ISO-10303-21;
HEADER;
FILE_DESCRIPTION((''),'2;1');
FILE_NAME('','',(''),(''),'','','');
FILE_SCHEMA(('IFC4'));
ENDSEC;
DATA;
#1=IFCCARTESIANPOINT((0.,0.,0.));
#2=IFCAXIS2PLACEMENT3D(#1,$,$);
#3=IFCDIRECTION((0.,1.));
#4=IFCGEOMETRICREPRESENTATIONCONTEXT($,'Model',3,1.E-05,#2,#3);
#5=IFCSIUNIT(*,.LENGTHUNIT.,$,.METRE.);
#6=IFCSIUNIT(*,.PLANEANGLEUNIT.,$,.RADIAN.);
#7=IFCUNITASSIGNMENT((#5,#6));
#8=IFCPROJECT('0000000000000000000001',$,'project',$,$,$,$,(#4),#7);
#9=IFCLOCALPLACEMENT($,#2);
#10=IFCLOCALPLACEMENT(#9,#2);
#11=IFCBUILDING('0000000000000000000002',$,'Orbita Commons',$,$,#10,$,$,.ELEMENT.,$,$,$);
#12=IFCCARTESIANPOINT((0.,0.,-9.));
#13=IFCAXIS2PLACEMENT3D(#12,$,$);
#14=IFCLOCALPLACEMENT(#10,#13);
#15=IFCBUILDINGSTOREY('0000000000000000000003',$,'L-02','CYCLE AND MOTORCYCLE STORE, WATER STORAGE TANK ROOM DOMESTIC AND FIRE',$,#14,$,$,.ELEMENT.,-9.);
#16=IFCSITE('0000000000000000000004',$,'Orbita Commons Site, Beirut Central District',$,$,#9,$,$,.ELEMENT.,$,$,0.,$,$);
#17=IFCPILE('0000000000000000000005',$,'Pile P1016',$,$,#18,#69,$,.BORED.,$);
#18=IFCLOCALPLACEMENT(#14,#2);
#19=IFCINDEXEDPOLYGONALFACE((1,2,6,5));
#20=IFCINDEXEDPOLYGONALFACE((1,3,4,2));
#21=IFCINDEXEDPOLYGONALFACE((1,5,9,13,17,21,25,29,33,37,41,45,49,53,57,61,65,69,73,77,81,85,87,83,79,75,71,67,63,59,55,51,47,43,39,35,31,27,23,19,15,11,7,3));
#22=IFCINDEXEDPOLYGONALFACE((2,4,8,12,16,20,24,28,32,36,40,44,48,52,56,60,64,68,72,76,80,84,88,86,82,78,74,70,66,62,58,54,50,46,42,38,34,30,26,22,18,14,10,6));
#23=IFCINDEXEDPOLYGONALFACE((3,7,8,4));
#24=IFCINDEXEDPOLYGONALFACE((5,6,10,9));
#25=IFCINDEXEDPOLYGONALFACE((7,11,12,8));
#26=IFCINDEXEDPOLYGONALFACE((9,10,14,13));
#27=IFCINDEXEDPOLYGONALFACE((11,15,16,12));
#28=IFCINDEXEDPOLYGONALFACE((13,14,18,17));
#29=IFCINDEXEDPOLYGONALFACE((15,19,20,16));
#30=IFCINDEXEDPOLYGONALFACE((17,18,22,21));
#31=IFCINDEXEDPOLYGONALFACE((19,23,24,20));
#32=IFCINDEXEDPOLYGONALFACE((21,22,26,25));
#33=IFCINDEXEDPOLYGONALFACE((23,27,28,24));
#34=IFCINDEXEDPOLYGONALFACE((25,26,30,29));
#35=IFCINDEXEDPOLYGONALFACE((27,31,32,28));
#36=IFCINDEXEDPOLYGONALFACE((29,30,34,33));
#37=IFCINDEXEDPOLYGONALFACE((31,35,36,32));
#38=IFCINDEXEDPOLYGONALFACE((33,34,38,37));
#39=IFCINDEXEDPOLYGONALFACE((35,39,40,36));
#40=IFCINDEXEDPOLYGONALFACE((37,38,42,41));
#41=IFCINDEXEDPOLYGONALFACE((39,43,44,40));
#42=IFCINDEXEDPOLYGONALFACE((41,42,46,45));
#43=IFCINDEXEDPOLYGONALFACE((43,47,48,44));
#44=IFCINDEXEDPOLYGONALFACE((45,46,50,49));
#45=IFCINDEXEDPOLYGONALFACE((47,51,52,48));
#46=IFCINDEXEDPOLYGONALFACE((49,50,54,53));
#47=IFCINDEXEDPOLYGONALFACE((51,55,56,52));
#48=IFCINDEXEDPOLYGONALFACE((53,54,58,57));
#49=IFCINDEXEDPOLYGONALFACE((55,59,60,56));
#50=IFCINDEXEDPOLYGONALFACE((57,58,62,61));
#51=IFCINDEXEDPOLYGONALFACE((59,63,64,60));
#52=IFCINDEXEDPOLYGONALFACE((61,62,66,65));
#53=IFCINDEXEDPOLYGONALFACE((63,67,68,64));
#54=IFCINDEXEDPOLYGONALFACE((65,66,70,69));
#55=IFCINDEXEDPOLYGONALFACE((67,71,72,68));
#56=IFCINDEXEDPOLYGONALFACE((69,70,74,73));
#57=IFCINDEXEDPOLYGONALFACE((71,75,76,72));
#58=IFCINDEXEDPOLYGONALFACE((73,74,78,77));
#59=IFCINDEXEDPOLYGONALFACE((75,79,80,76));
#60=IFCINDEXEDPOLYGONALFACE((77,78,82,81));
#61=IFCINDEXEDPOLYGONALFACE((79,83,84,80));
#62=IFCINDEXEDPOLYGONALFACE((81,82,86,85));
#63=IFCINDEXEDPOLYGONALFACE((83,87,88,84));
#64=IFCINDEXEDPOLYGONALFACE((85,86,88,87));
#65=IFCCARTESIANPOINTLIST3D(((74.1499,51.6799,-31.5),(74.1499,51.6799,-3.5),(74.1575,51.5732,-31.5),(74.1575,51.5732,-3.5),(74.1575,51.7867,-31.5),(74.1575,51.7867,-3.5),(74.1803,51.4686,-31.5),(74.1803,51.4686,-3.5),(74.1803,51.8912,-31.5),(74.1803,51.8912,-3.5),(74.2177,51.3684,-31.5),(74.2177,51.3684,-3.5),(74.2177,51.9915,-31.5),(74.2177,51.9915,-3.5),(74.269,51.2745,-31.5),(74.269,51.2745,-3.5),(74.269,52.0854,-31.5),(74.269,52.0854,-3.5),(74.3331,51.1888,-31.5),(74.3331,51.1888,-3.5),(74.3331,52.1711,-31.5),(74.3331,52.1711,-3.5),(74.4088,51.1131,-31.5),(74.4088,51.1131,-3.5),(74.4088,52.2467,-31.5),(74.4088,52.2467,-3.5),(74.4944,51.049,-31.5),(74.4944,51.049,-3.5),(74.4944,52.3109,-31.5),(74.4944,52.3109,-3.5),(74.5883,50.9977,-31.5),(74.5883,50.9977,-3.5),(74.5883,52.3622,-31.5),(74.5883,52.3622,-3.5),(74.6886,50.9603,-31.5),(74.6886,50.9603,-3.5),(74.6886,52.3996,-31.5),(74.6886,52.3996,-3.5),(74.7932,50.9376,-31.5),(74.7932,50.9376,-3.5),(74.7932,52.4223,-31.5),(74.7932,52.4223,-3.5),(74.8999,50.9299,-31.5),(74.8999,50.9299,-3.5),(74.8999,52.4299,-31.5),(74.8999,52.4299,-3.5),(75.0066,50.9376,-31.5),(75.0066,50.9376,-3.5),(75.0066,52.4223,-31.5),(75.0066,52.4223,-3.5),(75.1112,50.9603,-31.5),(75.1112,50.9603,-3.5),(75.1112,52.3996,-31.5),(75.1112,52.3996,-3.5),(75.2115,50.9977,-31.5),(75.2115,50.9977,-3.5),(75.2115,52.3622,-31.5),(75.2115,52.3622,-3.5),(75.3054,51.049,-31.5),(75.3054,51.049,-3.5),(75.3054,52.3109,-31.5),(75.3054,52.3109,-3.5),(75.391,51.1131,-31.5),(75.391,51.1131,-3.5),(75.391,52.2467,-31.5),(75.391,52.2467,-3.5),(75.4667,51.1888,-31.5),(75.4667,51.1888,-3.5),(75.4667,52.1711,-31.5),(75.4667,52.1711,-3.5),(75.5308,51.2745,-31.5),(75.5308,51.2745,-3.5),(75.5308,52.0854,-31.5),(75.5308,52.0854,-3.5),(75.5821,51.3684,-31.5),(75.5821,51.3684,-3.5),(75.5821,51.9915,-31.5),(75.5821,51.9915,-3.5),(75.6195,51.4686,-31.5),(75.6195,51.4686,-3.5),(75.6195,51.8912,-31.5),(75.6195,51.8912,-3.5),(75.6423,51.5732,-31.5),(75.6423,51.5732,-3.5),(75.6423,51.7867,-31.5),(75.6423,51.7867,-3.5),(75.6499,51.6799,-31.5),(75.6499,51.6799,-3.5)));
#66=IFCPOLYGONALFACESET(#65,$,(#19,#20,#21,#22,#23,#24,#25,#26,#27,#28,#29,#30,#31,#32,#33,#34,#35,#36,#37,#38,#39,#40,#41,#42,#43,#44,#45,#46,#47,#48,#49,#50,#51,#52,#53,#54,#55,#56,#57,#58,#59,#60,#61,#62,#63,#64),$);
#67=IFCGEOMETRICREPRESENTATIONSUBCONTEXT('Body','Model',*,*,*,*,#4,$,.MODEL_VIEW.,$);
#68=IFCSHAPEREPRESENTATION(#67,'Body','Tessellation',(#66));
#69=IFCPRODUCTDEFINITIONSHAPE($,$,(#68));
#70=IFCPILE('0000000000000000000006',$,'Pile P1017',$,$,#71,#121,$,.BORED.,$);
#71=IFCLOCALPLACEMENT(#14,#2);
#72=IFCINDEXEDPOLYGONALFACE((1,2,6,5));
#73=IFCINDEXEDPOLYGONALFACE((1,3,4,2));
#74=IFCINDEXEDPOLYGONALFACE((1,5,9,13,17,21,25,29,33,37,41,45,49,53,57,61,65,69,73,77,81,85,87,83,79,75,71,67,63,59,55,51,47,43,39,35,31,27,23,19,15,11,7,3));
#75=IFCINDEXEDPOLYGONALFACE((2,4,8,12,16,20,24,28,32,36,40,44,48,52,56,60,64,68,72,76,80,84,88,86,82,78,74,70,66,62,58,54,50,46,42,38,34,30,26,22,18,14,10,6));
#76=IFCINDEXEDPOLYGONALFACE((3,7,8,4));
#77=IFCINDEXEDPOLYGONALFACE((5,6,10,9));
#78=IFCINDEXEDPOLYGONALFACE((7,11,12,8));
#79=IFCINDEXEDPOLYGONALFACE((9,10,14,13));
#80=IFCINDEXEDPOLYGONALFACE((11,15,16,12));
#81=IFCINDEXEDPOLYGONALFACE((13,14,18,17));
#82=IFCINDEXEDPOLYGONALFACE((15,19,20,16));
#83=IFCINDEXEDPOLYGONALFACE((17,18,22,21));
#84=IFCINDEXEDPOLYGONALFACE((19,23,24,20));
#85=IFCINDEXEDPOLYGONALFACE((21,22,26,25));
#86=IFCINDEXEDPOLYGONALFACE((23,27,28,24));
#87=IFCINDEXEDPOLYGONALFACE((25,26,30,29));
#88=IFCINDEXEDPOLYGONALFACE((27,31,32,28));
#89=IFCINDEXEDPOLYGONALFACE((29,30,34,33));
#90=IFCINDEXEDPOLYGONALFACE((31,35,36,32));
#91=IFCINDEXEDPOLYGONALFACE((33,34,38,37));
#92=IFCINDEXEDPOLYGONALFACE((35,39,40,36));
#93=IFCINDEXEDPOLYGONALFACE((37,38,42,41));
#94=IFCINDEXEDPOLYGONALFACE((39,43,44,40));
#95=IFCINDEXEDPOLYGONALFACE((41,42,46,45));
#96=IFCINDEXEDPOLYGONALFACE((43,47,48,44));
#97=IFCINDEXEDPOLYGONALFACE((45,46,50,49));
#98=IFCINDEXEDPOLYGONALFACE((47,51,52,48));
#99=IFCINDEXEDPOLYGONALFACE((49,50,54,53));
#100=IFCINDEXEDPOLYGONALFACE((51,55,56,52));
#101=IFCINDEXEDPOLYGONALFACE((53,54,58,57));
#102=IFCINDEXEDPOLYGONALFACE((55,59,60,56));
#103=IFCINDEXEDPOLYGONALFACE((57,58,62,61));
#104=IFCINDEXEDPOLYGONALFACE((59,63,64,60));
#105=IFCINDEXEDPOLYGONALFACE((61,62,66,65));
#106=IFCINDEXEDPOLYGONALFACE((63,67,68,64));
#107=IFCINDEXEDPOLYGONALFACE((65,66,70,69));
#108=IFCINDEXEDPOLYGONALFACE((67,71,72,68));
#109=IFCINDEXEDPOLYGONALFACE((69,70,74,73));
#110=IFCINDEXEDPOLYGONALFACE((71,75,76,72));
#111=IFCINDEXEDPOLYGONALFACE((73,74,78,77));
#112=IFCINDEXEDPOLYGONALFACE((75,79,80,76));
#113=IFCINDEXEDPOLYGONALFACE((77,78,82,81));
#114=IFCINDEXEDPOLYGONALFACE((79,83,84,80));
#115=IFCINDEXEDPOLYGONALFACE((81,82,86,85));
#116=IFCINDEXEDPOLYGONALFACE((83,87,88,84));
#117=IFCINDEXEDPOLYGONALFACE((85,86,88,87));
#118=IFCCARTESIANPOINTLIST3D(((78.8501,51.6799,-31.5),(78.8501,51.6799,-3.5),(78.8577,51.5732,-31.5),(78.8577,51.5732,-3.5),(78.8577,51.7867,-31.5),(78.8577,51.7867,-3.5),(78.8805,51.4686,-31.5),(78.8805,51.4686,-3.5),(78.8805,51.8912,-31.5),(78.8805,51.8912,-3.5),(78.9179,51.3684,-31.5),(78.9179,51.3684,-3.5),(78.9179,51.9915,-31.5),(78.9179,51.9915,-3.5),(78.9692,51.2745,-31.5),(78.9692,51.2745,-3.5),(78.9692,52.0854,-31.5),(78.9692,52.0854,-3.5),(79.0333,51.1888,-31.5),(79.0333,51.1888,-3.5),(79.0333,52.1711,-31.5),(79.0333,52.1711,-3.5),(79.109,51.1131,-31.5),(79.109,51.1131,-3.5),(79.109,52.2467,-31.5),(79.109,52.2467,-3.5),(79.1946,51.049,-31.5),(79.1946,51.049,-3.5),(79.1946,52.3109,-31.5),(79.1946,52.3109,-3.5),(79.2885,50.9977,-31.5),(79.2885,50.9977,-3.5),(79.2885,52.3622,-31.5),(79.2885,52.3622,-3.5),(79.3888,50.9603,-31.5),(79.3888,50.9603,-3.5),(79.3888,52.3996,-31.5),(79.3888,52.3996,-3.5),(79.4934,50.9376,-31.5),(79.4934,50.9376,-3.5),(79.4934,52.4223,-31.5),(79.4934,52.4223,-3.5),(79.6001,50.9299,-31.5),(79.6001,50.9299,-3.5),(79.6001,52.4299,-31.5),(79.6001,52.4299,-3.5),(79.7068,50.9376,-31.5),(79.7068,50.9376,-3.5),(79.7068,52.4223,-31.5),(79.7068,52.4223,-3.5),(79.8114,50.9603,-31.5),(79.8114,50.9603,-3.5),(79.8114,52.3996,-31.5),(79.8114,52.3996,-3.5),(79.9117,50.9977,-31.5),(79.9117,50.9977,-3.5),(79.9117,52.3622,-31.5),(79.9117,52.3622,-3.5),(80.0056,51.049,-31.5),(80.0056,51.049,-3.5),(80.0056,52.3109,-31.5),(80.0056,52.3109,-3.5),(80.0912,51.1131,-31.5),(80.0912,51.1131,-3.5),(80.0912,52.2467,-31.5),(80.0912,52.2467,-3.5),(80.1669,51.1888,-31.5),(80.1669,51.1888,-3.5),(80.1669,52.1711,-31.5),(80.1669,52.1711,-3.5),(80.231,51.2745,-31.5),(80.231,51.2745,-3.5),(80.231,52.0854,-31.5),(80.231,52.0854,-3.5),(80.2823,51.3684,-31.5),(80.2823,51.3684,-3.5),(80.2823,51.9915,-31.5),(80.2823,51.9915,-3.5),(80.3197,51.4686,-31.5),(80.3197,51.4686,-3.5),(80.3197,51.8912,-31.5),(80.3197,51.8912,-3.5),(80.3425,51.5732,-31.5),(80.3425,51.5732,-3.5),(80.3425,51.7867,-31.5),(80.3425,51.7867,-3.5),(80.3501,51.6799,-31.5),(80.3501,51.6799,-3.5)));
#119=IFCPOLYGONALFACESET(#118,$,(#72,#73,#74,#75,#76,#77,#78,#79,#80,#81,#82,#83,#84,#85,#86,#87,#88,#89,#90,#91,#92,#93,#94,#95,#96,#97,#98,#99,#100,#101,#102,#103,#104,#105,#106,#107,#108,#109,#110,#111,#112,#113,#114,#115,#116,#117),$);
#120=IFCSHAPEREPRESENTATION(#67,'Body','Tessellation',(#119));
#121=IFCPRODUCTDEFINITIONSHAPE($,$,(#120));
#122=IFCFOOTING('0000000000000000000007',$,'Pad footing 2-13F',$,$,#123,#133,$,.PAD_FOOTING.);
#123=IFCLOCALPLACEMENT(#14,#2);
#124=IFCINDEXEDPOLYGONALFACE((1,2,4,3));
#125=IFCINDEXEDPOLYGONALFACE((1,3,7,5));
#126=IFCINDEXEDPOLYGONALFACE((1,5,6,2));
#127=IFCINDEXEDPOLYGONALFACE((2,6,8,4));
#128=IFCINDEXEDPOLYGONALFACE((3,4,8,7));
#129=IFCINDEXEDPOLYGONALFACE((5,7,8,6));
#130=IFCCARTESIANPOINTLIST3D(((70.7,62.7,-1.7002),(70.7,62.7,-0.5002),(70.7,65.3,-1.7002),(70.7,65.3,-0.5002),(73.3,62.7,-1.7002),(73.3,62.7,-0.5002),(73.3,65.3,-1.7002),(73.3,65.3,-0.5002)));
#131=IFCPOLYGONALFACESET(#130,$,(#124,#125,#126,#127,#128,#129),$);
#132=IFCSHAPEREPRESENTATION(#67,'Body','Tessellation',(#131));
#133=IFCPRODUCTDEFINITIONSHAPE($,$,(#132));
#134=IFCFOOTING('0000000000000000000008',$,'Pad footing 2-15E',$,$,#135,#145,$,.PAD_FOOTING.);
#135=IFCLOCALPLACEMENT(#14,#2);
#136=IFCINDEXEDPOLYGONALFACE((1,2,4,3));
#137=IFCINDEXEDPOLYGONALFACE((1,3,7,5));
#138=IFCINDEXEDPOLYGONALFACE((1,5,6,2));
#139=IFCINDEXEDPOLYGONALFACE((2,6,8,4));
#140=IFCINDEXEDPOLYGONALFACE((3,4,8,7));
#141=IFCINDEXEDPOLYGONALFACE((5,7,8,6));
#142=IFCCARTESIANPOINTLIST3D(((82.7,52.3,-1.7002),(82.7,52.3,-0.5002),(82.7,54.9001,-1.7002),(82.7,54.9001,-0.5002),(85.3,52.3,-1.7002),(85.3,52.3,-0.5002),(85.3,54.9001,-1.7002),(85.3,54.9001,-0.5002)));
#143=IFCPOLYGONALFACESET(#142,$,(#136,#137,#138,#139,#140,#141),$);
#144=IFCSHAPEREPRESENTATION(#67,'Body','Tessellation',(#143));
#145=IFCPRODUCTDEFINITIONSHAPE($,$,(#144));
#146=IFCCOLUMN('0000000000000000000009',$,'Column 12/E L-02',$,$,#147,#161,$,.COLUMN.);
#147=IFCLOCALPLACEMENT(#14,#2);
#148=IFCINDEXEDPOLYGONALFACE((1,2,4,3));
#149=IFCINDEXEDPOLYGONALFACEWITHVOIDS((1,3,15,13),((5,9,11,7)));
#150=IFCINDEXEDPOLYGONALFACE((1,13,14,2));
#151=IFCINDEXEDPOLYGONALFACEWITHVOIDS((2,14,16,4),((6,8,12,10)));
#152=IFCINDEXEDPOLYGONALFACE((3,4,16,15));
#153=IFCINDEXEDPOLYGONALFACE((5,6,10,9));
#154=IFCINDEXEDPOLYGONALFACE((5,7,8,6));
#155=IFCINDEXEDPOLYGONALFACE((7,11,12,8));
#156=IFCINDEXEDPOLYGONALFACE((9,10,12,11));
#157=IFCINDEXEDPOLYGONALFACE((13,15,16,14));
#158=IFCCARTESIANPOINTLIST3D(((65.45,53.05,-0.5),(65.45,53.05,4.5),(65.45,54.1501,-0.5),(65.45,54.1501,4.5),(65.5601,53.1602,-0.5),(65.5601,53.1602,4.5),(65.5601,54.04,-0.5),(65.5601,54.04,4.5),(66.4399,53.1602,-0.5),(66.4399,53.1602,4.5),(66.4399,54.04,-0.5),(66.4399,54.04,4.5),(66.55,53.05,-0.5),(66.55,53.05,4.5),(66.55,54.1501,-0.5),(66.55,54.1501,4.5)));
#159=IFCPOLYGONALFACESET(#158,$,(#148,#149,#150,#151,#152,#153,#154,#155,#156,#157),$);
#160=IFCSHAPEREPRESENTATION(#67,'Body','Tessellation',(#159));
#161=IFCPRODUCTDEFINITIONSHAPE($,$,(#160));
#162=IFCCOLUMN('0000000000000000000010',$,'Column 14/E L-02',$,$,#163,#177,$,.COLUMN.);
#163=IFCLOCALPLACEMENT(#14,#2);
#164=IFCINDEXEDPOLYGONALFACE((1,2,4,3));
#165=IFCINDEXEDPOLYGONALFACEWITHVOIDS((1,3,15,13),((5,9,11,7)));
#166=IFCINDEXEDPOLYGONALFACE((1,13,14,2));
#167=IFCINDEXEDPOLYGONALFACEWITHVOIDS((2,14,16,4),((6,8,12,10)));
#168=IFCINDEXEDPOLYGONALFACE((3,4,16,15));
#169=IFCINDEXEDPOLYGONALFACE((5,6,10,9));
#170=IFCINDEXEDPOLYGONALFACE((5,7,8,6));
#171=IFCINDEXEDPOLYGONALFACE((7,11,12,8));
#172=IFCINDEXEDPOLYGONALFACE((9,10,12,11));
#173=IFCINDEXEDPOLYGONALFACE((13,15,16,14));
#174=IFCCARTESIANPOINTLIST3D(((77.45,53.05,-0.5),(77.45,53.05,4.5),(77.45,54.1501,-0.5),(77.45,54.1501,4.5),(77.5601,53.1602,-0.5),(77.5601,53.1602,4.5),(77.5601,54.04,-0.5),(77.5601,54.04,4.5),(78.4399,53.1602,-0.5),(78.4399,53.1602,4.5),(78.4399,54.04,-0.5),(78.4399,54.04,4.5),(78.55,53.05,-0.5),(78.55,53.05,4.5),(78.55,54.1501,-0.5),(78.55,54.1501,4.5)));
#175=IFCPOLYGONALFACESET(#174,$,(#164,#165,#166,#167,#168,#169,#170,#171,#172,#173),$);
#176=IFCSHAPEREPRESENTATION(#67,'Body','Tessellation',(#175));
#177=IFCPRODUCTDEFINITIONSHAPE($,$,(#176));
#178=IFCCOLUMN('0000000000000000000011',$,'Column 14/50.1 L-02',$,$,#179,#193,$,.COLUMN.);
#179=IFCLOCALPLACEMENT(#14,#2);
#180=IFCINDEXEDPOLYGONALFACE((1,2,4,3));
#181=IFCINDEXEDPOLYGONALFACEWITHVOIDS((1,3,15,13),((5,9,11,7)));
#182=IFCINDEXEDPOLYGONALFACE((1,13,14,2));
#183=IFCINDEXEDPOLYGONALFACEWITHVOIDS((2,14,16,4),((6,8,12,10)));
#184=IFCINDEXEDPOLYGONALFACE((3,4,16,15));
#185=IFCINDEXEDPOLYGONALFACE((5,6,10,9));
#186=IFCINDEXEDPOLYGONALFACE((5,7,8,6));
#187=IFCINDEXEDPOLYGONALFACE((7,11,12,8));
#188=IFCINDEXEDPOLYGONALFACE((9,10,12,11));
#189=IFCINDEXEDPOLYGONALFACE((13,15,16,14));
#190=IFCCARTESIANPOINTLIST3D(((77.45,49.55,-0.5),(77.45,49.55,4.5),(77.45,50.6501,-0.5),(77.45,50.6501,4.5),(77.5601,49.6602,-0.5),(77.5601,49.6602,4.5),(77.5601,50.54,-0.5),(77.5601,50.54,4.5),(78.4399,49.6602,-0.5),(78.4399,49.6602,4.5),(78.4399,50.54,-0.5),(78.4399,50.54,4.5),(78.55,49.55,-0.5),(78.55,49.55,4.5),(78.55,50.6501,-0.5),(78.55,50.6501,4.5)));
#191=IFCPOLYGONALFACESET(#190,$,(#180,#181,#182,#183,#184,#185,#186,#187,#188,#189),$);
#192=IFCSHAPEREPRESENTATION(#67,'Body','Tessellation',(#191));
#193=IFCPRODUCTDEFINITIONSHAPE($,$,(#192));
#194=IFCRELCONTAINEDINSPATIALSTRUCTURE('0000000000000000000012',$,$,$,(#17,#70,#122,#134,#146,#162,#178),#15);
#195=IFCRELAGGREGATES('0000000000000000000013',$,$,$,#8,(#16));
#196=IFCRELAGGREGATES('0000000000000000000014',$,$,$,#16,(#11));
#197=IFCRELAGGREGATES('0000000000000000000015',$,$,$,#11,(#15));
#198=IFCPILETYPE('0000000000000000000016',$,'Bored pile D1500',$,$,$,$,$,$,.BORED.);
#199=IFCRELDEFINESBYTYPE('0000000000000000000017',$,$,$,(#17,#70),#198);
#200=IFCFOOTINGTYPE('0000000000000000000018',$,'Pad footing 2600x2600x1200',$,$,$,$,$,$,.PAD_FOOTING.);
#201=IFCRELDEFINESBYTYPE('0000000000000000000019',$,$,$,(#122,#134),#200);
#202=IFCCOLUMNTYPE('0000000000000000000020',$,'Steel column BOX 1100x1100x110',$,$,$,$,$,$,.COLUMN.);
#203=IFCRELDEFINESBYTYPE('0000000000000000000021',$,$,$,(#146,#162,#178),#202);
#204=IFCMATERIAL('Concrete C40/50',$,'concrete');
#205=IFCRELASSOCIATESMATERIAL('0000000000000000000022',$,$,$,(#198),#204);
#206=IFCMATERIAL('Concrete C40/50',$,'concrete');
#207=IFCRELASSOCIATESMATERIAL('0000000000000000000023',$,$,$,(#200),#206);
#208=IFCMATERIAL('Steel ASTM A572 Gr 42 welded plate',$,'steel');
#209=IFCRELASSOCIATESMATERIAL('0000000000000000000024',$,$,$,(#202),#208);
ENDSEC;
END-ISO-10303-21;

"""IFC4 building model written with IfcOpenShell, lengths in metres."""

from ifc_helpers import new_model, si_unit, direction, frame, origin, origin_2d, place, context, subcontext, project, spatial, rectangle, hollow_rectangle, circle, extrude, material, material_profile, profile_set, type_object, element, save


model = new_model("IFC4")

# Units and contexts
model_context = context("Model", 3, precision=1e-05, world=origin(), true_north=direction((0.0, 1.0)))
body_context = subcontext(model_context, "Body", "Model", "MODEL_VIEW")
ifc_project = project(units=[si_unit("LENGTHUNIT", "METRE"), si_unit("PLANEANGLEUNIT", "RADIAN")], contexts=[model_context])

# Site, building, storey
site_placement = place(None, origin())
site = spatial("IfcSite", under=ifc_project, at=site_placement, Name="Orbita Commons Site, Beirut Central District", CompositionType="ELEMENT", RefElevation=0.0)
building_placement = place(site_placement, origin())
building = spatial("IfcBuilding", under=site, at=building_placement, Name="Orbita Commons", CompositionType="ELEMENT")
storey_placement = place(building_placement, frame((0.0, 0.0, -9.0)))
storey = spatial("IfcBuildingStorey", under=building, at=storey_placement, Name="L-02", Description="CYCLE AND MOTORCYCLE STORE, WATER STORAGE TANK ROOM DOMESTIC AND FIRE", CompositionType="ELEMENT", Elevation=-9.0)

# Piles
ifc_material_1 = material(Name="Concrete C40/50", Category="concrete")
ifc_material_profile_1 = material_profile(ifc_material_1, circle(Radius=0.75, at=origin_2d()), Name="RC D1500")
ifc_profile_set_1 = profile_set([ifc_material_profile_1], Name="Concrete C40/50")
pile_type = type_object("IfcPileType", Name="Bored pile D1500", PredefinedType="BORED", material=ifc_profile_set_1)
for number, where, z_axis, x_axis, name in (
    (1, (74.8999, 51.6799, -3.5), (0.0, 0.0, -1.0), (1.0, 0.0, 0.0), "Pile P1016"),
    (2, (79.6001, 51.6799, -3.5), (0.0, 0.0, -1.0), (1.0, 0.0, 0.0), "Pile P1017"),
):
    element("IfcPile", number, at=place(storey_placement, frame(where, z_axis=z_axis, x_axis=x_axis)), inside=storey, type_object=pile_type, Name=name, PredefinedType="BORED", context=body_context, shape_type="SweptSolid", body=[
        extrude(circle(Radius=0.75, at=origin_2d()), origin(), (0.0, 0.0, 1.0), 28.0),
    ])

# Footings
ifc_material_2 = material(Name="Concrete C40/50", Category="concrete")
footing_type = type_object("IfcFootingType", Name="Pad footing 2600x2600x1200", PredefinedType="PAD_FOOTING", material=ifc_material_2)
for number, where, z_axis, x_axis, name in (
    (3, (72.0, 64.0, -1.7002), (0.0, 0.0, 1.0), (1.0, 0.0, 0.0), "Pad footing 2-13F"),
    (4, (84.0, 53.6001, -1.7002), (0.0, 0.0, 1.0), (1.0, 0.0, 0.0), "Pad footing 2-15E"),
):
    element("IfcFooting", number, at=place(storey_placement, frame(where, z_axis=z_axis, x_axis=x_axis)), inside=storey, type_object=footing_type, Name=name, PredefinedType="PAD_FOOTING", context=body_context, shape_type="SweptSolid", body=[
        extrude(rectangle(XDim=2.6001, YDim=2.6001, at=origin_2d()), origin(), (0.0, 0.0, 1.0), 1.2),
    ])

# Columns
ifc_material_3 = material(Name="Steel ASTM A572 Gr 42 welded plate", Category="steel")
ifc_material_profile_2 = material_profile(ifc_material_3, hollow_rectangle(XDim=1.1001, YDim=1.1001, WallThickness=0.1101, at=origin_2d()), Name="BOX 1100x1100x110")
ifc_profile_set_2 = profile_set([ifc_material_profile_2], Name="Steel ASTM A572 Gr 42 welded plate")
column_type_1 = type_object("IfcColumnType", Name="Steel column BOX 1100x1100x110", PredefinedType="COLUMN", material=ifc_profile_set_2)
for number, where, z_axis, x_axis, name in (
    (5, (66.0, 53.6001, -0.5), (0.0, 0.0, 1.0), (1.0, 0.0, 0.0), "Column 12/E L-02"),
    (6, (78.0, 53.6001, -0.5), (0.0, 0.0, 1.0), (1.0, 0.0, 0.0), "Column 14/E L-02"),
    (7, (78.0, 50.1001, -0.5), (0.0, 0.0, 1.0), (1.0, 0.0, 0.0), "Column 14/50.1 L-02"),
):
    element("IfcColumn", number, at=place(storey_placement, frame(where, z_axis=z_axis, x_axis=x_axis)), inside=storey, type_object=column_type_1, Name=name, PredefinedType="COLUMN", context=body_context, shape_type="SweptSolid", body=[
        extrude(hollow_rectangle(XDim=1.1001, YDim=1.1001, WallThickness=0.1101, at=origin_2d()), origin(), (0.0, 0.0, 1.0), 5.0),
    ])

save(model, "model.ifc")
